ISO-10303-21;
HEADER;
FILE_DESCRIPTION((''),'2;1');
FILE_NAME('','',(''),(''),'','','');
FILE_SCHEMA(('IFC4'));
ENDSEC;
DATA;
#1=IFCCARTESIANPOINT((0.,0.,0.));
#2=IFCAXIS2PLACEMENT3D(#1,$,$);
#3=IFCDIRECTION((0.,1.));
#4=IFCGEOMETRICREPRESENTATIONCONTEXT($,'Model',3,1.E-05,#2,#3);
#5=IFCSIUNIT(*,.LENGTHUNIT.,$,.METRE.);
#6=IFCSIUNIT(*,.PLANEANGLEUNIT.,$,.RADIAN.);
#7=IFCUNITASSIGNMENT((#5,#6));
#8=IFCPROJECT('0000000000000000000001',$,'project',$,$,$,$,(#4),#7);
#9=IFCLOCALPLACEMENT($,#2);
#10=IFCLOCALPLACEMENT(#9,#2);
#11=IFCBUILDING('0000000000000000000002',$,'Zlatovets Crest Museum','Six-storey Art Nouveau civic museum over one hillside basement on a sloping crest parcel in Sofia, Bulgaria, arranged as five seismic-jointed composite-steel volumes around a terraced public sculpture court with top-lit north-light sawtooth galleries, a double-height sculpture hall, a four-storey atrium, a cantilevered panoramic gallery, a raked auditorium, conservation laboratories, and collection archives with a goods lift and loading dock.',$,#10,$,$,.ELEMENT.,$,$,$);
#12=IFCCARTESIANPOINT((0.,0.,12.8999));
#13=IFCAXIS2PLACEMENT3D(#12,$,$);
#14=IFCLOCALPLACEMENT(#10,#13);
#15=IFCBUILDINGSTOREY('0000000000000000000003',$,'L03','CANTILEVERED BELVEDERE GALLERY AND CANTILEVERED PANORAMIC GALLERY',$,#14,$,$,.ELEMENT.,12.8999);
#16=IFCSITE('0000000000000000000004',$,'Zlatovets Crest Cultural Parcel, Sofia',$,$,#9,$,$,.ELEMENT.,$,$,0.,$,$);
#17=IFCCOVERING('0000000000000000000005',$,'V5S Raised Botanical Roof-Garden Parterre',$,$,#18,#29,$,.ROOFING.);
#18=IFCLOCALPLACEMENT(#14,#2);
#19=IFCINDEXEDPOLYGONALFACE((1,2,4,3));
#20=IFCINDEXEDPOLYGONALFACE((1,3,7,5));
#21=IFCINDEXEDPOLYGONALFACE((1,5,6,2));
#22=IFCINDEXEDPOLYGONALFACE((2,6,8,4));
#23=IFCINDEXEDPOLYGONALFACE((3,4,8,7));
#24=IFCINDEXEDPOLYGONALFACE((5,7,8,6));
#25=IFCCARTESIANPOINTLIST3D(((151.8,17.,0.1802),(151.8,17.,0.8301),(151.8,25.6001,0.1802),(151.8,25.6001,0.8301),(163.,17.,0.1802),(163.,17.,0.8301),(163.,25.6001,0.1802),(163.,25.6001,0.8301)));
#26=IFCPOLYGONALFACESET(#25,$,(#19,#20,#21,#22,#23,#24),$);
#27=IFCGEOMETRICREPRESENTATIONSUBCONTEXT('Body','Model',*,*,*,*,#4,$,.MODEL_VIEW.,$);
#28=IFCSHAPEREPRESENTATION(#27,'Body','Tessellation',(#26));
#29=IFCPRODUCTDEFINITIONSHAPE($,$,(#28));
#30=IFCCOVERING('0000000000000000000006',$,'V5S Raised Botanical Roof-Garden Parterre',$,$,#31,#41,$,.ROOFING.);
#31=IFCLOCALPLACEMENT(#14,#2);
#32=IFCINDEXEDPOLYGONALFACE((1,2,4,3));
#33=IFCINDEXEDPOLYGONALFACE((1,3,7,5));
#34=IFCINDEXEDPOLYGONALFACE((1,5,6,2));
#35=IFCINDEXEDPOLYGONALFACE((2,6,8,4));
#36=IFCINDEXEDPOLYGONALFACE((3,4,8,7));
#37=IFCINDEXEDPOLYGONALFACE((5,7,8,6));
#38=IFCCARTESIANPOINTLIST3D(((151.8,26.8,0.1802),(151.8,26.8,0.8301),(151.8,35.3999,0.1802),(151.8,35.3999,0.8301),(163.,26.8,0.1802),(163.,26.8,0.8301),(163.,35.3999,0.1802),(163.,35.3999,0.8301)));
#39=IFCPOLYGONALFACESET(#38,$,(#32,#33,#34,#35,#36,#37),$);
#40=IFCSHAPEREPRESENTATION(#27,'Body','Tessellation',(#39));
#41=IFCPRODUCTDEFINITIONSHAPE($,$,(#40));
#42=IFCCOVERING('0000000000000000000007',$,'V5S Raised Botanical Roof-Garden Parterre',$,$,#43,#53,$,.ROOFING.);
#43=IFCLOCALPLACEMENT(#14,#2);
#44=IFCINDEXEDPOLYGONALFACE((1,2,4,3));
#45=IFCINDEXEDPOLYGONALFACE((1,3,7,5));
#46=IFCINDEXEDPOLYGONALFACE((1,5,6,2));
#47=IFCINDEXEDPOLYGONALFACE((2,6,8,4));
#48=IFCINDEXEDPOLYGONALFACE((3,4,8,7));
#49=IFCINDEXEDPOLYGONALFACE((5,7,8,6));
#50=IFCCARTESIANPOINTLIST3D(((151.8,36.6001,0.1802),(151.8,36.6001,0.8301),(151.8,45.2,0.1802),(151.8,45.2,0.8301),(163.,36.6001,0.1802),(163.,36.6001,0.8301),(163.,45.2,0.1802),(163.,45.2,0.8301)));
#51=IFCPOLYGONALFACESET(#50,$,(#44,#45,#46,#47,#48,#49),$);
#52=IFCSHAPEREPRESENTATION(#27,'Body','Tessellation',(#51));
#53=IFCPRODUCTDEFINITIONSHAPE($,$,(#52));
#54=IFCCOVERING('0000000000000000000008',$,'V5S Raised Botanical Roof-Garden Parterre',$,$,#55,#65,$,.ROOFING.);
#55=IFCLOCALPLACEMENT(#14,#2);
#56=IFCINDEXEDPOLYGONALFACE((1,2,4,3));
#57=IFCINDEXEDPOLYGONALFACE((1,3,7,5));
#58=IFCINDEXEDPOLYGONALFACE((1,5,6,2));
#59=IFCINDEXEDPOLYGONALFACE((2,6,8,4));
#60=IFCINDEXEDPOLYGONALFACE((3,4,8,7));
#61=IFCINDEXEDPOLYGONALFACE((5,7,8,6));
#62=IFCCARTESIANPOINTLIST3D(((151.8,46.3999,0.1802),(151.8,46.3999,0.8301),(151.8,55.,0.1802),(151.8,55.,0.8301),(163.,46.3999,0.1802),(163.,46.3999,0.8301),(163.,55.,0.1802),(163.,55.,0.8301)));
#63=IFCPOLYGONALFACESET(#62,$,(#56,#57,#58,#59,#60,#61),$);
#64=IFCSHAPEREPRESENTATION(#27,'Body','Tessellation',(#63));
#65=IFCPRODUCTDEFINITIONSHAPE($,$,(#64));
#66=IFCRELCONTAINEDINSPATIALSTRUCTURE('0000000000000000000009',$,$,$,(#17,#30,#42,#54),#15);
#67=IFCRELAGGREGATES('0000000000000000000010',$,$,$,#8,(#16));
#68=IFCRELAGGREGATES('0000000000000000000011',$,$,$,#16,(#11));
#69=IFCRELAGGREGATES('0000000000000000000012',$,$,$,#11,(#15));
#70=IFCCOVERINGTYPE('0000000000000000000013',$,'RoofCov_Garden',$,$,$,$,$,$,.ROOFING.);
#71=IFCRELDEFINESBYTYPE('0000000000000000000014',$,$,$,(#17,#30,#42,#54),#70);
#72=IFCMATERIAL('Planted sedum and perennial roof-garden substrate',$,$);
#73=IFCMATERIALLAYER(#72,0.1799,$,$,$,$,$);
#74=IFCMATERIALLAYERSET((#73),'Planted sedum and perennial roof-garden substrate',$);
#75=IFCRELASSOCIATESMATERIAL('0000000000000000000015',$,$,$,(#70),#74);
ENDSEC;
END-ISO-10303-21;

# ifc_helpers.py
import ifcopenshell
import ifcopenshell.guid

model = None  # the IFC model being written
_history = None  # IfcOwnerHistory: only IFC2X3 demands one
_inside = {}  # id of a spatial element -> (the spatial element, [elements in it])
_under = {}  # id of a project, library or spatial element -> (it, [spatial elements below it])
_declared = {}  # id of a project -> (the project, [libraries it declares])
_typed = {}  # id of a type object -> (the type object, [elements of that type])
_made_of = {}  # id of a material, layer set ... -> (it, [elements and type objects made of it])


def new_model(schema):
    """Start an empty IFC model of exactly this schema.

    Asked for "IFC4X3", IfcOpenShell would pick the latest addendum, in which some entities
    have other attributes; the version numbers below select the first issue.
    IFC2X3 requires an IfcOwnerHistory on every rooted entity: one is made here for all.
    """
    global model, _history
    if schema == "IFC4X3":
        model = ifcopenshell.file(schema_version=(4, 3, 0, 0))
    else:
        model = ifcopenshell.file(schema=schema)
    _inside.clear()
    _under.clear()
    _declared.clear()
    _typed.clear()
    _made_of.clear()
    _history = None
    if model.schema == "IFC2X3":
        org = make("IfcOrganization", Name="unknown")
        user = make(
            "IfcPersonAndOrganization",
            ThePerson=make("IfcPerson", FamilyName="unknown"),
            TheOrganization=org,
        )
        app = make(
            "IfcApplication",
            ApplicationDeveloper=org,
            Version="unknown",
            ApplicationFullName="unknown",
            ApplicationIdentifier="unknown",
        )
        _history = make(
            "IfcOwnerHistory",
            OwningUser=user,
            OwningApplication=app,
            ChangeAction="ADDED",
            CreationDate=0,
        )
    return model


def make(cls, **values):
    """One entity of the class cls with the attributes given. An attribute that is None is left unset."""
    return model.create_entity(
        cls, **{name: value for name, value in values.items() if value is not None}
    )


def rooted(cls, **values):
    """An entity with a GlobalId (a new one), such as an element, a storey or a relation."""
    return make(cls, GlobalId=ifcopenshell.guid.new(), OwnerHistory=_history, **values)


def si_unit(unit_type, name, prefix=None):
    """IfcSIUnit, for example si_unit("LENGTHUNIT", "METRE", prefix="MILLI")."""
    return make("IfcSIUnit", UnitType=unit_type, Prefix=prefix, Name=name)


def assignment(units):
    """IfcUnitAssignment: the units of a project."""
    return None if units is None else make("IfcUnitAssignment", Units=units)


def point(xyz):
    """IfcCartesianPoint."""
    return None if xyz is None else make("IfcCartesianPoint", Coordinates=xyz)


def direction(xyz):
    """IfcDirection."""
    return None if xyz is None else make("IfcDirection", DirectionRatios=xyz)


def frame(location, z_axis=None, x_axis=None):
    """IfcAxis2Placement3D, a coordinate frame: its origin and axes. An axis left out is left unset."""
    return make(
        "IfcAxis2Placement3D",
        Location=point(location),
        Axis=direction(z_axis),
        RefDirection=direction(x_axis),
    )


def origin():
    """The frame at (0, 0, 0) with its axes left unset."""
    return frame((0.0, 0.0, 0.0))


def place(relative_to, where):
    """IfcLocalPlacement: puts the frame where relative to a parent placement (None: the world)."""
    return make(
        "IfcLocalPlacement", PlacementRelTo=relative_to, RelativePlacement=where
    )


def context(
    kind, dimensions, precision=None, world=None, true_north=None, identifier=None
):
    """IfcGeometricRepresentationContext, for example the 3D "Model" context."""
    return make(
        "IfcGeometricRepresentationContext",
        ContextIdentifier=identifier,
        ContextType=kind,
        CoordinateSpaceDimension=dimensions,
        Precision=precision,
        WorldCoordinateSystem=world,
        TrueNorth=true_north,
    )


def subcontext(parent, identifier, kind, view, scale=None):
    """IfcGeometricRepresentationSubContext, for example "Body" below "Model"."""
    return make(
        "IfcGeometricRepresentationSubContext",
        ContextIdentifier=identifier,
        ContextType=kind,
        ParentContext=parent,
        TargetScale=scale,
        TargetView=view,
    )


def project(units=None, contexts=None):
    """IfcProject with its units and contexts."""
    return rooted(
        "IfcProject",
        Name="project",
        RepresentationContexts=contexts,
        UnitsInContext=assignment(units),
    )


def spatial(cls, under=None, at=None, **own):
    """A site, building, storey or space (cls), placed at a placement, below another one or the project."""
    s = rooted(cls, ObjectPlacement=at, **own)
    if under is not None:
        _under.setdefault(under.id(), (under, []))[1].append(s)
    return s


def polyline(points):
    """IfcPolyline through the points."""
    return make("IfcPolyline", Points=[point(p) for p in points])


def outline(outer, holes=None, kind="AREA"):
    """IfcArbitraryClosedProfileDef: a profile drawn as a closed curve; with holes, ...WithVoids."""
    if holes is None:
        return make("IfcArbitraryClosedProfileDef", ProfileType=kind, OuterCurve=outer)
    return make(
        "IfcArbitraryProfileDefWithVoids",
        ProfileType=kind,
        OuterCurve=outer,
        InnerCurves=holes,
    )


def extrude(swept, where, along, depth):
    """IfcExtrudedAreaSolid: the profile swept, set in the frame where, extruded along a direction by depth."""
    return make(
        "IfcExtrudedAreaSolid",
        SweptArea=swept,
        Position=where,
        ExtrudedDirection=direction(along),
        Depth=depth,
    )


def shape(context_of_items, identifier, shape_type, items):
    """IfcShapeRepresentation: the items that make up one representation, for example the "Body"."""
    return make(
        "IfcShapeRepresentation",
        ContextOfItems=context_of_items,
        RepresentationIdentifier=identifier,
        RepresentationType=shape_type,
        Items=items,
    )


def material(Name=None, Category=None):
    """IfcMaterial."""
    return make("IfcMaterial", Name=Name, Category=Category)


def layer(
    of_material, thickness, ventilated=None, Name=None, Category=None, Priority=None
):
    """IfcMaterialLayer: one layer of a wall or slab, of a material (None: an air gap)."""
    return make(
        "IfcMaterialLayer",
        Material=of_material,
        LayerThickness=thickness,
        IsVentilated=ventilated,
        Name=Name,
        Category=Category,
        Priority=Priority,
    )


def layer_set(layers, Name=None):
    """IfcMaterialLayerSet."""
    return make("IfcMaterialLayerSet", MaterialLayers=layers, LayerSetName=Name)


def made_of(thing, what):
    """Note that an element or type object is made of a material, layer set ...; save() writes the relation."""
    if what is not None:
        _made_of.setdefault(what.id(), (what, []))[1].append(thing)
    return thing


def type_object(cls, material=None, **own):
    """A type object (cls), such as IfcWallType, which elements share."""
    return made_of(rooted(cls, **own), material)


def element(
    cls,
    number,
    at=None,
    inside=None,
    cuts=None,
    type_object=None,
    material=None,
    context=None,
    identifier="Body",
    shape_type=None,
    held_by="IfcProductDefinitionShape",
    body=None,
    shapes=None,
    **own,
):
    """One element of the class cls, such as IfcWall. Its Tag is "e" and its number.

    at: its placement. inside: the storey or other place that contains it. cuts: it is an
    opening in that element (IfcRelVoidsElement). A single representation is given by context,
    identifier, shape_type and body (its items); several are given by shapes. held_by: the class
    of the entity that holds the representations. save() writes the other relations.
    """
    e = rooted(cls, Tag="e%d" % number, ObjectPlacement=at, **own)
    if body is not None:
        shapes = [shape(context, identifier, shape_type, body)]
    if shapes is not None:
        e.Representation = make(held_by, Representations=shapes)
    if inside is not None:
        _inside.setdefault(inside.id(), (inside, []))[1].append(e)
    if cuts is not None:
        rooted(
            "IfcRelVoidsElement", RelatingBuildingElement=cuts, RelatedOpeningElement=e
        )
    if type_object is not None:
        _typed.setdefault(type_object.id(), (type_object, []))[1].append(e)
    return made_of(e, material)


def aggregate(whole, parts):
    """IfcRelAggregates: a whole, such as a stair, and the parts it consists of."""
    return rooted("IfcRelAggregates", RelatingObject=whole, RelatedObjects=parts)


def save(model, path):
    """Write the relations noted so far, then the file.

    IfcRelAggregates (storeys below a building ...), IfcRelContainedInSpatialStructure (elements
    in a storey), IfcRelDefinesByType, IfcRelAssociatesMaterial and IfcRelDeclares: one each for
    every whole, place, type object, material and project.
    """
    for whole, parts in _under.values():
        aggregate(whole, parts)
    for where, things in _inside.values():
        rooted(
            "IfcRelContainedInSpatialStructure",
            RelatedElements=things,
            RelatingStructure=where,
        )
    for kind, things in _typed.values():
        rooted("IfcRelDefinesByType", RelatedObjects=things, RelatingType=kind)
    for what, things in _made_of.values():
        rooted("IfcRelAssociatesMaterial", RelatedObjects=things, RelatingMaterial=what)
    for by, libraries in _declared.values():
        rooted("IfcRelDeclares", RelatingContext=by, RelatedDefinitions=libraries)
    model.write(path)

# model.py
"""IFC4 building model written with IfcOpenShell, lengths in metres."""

from ifc_helpers import new_model, si_unit, direction, frame, origin, place, context, subcontext, project, spatial, polyline, outline, extrude, material, layer, layer_set, type_object, element, save


model = new_model("IFC4")

# Units and contexts
model_context = context("Model", 3, precision=1e-05, world=origin(), true_north=direction((0.0, 1.0)))
body_context = subcontext(model_context, "Body", "Model", "MODEL_VIEW")
ifc_project = project(units=[si_unit("LENGTHUNIT", "METRE"), si_unit("PLANEANGLEUNIT", "RADIAN")], contexts=[model_context])

# Site, building, storey
site_placement = place(None, origin())
site = spatial("IfcSite", under=ifc_project, at=site_placement, Name="Zlatovets Crest Cultural Parcel, Sofia", CompositionType="ELEMENT", RefElevation=0.0)
building_placement = place(site_placement, origin())
building = spatial("IfcBuilding", under=site, at=building_placement, Name="Zlatovets Crest Museum", Description="Six-storey Art Nouveau civic museum over one hillside basement on a sloping crest parcel in Sofia, Bulgaria, arranged as five seismic-jointed composite-steel volumes around a terraced public sculpture court with top-lit north-light sawtooth galleries, a double-height sculpture hall, a four-storey atrium, a cantilevered panoramic gallery, a raked auditorium, conservation laboratories, and collection archives with a goods lift and loading dock.", CompositionType="ELEMENT")
storey_placement = place(building_placement, frame((0.0, 0.0, 12.8999)))
storey = spatial("IfcBuildingStorey", under=building, at=storey_placement, Name="L03", Description="CANTILEVERED BELVEDERE GALLERY AND CANTILEVERED PANORAMIC GALLERY", CompositionType="ELEMENT", Elevation=12.8999)

# Coverings
ifc_material_1 = material(Name="Planted sedum and perennial roof-garden substrate")
ifc_layer_1 = layer(ifc_material_1, 0.1799)
ifc_layer_set_1 = layer_set([ifc_layer_1], Name="Planted sedum and perennial roof-garden substrate")
covering_type_1 = type_object("IfcCoveringType", Name="RoofCov_Garden", PredefinedType="ROOFING", material=ifc_layer_set_1)
covering_1_placement = place(storey_placement, frame((0.0, 0.0, 0.1802)))
element("IfcCovering", 1, at=covering_1_placement, inside=storey, type_object=covering_type_1, Name="V5S Raised Botanical Roof-Garden Parterre", PredefinedType="ROOFING", context=body_context, shape_type="SweptSolid", body=[
    extrude(outline(polyline([(151.8, 17.0), (163.0, 17.0), (163.0, 25.6001), (151.8, 25.6001), (151.8, 17.0)])), origin(), (0.0, 0.0, 1.0), 0.6499),
])
covering_2_placement = place(storey_placement, frame((0.0, 0.0, 0.1802)))
element("IfcCovering", 2, at=covering_2_placement, inside=storey, type_object=covering_type_1, Name="V5S Raised Botanical Roof-Garden Parterre", PredefinedType="ROOFING", context=body_context, shape_type="SweptSolid", body=[
    extrude(outline(polyline([(151.8, 26.8), (163.0, 26.8), (163.0, 35.3999), (151.8, 35.3999), (151.8, 26.8)])), origin(), (0.0, 0.0, 1.0), 0.6499),
])
covering_3_placement = place(storey_placement, frame((0.0, 0.0, 0.1802)))
element("IfcCovering", 3, at=covering_3_placement, inside=storey, type_object=covering_type_1, Name="V5S Raised Botanical Roof-Garden Parterre", PredefinedType="ROOFING", context=body_context, shape_type="SweptSolid", body=[
    extrude(outline(polyline([(151.8, 36.6001), (163.0, 36.6001), (163.0, 45.2), (151.8, 45.2), (151.8, 36.6001)])), origin(), (0.0, 0.0, 1.0), 0.6499),
])
covering_4_placement = place(storey_placement, frame((0.0, 0.0, 0.1802)))
element("IfcCovering", 4, at=covering_4_placement, inside=storey, type_object=covering_type_1, Name="V5S Raised Botanical Roof-Garden Parterre", PredefinedType="ROOFING", context=body_context, shape_type="SweptSolid", body=[
    extrude(outline(polyline([(151.8, 46.3999), (163.0, 46.3999), (163.0, 55.0), (151.8, 55.0), (151.8, 46.3999)])), origin(), (0.0, 0.0, 1.0), 0.6499),
])

save(model, "model.ifc")
